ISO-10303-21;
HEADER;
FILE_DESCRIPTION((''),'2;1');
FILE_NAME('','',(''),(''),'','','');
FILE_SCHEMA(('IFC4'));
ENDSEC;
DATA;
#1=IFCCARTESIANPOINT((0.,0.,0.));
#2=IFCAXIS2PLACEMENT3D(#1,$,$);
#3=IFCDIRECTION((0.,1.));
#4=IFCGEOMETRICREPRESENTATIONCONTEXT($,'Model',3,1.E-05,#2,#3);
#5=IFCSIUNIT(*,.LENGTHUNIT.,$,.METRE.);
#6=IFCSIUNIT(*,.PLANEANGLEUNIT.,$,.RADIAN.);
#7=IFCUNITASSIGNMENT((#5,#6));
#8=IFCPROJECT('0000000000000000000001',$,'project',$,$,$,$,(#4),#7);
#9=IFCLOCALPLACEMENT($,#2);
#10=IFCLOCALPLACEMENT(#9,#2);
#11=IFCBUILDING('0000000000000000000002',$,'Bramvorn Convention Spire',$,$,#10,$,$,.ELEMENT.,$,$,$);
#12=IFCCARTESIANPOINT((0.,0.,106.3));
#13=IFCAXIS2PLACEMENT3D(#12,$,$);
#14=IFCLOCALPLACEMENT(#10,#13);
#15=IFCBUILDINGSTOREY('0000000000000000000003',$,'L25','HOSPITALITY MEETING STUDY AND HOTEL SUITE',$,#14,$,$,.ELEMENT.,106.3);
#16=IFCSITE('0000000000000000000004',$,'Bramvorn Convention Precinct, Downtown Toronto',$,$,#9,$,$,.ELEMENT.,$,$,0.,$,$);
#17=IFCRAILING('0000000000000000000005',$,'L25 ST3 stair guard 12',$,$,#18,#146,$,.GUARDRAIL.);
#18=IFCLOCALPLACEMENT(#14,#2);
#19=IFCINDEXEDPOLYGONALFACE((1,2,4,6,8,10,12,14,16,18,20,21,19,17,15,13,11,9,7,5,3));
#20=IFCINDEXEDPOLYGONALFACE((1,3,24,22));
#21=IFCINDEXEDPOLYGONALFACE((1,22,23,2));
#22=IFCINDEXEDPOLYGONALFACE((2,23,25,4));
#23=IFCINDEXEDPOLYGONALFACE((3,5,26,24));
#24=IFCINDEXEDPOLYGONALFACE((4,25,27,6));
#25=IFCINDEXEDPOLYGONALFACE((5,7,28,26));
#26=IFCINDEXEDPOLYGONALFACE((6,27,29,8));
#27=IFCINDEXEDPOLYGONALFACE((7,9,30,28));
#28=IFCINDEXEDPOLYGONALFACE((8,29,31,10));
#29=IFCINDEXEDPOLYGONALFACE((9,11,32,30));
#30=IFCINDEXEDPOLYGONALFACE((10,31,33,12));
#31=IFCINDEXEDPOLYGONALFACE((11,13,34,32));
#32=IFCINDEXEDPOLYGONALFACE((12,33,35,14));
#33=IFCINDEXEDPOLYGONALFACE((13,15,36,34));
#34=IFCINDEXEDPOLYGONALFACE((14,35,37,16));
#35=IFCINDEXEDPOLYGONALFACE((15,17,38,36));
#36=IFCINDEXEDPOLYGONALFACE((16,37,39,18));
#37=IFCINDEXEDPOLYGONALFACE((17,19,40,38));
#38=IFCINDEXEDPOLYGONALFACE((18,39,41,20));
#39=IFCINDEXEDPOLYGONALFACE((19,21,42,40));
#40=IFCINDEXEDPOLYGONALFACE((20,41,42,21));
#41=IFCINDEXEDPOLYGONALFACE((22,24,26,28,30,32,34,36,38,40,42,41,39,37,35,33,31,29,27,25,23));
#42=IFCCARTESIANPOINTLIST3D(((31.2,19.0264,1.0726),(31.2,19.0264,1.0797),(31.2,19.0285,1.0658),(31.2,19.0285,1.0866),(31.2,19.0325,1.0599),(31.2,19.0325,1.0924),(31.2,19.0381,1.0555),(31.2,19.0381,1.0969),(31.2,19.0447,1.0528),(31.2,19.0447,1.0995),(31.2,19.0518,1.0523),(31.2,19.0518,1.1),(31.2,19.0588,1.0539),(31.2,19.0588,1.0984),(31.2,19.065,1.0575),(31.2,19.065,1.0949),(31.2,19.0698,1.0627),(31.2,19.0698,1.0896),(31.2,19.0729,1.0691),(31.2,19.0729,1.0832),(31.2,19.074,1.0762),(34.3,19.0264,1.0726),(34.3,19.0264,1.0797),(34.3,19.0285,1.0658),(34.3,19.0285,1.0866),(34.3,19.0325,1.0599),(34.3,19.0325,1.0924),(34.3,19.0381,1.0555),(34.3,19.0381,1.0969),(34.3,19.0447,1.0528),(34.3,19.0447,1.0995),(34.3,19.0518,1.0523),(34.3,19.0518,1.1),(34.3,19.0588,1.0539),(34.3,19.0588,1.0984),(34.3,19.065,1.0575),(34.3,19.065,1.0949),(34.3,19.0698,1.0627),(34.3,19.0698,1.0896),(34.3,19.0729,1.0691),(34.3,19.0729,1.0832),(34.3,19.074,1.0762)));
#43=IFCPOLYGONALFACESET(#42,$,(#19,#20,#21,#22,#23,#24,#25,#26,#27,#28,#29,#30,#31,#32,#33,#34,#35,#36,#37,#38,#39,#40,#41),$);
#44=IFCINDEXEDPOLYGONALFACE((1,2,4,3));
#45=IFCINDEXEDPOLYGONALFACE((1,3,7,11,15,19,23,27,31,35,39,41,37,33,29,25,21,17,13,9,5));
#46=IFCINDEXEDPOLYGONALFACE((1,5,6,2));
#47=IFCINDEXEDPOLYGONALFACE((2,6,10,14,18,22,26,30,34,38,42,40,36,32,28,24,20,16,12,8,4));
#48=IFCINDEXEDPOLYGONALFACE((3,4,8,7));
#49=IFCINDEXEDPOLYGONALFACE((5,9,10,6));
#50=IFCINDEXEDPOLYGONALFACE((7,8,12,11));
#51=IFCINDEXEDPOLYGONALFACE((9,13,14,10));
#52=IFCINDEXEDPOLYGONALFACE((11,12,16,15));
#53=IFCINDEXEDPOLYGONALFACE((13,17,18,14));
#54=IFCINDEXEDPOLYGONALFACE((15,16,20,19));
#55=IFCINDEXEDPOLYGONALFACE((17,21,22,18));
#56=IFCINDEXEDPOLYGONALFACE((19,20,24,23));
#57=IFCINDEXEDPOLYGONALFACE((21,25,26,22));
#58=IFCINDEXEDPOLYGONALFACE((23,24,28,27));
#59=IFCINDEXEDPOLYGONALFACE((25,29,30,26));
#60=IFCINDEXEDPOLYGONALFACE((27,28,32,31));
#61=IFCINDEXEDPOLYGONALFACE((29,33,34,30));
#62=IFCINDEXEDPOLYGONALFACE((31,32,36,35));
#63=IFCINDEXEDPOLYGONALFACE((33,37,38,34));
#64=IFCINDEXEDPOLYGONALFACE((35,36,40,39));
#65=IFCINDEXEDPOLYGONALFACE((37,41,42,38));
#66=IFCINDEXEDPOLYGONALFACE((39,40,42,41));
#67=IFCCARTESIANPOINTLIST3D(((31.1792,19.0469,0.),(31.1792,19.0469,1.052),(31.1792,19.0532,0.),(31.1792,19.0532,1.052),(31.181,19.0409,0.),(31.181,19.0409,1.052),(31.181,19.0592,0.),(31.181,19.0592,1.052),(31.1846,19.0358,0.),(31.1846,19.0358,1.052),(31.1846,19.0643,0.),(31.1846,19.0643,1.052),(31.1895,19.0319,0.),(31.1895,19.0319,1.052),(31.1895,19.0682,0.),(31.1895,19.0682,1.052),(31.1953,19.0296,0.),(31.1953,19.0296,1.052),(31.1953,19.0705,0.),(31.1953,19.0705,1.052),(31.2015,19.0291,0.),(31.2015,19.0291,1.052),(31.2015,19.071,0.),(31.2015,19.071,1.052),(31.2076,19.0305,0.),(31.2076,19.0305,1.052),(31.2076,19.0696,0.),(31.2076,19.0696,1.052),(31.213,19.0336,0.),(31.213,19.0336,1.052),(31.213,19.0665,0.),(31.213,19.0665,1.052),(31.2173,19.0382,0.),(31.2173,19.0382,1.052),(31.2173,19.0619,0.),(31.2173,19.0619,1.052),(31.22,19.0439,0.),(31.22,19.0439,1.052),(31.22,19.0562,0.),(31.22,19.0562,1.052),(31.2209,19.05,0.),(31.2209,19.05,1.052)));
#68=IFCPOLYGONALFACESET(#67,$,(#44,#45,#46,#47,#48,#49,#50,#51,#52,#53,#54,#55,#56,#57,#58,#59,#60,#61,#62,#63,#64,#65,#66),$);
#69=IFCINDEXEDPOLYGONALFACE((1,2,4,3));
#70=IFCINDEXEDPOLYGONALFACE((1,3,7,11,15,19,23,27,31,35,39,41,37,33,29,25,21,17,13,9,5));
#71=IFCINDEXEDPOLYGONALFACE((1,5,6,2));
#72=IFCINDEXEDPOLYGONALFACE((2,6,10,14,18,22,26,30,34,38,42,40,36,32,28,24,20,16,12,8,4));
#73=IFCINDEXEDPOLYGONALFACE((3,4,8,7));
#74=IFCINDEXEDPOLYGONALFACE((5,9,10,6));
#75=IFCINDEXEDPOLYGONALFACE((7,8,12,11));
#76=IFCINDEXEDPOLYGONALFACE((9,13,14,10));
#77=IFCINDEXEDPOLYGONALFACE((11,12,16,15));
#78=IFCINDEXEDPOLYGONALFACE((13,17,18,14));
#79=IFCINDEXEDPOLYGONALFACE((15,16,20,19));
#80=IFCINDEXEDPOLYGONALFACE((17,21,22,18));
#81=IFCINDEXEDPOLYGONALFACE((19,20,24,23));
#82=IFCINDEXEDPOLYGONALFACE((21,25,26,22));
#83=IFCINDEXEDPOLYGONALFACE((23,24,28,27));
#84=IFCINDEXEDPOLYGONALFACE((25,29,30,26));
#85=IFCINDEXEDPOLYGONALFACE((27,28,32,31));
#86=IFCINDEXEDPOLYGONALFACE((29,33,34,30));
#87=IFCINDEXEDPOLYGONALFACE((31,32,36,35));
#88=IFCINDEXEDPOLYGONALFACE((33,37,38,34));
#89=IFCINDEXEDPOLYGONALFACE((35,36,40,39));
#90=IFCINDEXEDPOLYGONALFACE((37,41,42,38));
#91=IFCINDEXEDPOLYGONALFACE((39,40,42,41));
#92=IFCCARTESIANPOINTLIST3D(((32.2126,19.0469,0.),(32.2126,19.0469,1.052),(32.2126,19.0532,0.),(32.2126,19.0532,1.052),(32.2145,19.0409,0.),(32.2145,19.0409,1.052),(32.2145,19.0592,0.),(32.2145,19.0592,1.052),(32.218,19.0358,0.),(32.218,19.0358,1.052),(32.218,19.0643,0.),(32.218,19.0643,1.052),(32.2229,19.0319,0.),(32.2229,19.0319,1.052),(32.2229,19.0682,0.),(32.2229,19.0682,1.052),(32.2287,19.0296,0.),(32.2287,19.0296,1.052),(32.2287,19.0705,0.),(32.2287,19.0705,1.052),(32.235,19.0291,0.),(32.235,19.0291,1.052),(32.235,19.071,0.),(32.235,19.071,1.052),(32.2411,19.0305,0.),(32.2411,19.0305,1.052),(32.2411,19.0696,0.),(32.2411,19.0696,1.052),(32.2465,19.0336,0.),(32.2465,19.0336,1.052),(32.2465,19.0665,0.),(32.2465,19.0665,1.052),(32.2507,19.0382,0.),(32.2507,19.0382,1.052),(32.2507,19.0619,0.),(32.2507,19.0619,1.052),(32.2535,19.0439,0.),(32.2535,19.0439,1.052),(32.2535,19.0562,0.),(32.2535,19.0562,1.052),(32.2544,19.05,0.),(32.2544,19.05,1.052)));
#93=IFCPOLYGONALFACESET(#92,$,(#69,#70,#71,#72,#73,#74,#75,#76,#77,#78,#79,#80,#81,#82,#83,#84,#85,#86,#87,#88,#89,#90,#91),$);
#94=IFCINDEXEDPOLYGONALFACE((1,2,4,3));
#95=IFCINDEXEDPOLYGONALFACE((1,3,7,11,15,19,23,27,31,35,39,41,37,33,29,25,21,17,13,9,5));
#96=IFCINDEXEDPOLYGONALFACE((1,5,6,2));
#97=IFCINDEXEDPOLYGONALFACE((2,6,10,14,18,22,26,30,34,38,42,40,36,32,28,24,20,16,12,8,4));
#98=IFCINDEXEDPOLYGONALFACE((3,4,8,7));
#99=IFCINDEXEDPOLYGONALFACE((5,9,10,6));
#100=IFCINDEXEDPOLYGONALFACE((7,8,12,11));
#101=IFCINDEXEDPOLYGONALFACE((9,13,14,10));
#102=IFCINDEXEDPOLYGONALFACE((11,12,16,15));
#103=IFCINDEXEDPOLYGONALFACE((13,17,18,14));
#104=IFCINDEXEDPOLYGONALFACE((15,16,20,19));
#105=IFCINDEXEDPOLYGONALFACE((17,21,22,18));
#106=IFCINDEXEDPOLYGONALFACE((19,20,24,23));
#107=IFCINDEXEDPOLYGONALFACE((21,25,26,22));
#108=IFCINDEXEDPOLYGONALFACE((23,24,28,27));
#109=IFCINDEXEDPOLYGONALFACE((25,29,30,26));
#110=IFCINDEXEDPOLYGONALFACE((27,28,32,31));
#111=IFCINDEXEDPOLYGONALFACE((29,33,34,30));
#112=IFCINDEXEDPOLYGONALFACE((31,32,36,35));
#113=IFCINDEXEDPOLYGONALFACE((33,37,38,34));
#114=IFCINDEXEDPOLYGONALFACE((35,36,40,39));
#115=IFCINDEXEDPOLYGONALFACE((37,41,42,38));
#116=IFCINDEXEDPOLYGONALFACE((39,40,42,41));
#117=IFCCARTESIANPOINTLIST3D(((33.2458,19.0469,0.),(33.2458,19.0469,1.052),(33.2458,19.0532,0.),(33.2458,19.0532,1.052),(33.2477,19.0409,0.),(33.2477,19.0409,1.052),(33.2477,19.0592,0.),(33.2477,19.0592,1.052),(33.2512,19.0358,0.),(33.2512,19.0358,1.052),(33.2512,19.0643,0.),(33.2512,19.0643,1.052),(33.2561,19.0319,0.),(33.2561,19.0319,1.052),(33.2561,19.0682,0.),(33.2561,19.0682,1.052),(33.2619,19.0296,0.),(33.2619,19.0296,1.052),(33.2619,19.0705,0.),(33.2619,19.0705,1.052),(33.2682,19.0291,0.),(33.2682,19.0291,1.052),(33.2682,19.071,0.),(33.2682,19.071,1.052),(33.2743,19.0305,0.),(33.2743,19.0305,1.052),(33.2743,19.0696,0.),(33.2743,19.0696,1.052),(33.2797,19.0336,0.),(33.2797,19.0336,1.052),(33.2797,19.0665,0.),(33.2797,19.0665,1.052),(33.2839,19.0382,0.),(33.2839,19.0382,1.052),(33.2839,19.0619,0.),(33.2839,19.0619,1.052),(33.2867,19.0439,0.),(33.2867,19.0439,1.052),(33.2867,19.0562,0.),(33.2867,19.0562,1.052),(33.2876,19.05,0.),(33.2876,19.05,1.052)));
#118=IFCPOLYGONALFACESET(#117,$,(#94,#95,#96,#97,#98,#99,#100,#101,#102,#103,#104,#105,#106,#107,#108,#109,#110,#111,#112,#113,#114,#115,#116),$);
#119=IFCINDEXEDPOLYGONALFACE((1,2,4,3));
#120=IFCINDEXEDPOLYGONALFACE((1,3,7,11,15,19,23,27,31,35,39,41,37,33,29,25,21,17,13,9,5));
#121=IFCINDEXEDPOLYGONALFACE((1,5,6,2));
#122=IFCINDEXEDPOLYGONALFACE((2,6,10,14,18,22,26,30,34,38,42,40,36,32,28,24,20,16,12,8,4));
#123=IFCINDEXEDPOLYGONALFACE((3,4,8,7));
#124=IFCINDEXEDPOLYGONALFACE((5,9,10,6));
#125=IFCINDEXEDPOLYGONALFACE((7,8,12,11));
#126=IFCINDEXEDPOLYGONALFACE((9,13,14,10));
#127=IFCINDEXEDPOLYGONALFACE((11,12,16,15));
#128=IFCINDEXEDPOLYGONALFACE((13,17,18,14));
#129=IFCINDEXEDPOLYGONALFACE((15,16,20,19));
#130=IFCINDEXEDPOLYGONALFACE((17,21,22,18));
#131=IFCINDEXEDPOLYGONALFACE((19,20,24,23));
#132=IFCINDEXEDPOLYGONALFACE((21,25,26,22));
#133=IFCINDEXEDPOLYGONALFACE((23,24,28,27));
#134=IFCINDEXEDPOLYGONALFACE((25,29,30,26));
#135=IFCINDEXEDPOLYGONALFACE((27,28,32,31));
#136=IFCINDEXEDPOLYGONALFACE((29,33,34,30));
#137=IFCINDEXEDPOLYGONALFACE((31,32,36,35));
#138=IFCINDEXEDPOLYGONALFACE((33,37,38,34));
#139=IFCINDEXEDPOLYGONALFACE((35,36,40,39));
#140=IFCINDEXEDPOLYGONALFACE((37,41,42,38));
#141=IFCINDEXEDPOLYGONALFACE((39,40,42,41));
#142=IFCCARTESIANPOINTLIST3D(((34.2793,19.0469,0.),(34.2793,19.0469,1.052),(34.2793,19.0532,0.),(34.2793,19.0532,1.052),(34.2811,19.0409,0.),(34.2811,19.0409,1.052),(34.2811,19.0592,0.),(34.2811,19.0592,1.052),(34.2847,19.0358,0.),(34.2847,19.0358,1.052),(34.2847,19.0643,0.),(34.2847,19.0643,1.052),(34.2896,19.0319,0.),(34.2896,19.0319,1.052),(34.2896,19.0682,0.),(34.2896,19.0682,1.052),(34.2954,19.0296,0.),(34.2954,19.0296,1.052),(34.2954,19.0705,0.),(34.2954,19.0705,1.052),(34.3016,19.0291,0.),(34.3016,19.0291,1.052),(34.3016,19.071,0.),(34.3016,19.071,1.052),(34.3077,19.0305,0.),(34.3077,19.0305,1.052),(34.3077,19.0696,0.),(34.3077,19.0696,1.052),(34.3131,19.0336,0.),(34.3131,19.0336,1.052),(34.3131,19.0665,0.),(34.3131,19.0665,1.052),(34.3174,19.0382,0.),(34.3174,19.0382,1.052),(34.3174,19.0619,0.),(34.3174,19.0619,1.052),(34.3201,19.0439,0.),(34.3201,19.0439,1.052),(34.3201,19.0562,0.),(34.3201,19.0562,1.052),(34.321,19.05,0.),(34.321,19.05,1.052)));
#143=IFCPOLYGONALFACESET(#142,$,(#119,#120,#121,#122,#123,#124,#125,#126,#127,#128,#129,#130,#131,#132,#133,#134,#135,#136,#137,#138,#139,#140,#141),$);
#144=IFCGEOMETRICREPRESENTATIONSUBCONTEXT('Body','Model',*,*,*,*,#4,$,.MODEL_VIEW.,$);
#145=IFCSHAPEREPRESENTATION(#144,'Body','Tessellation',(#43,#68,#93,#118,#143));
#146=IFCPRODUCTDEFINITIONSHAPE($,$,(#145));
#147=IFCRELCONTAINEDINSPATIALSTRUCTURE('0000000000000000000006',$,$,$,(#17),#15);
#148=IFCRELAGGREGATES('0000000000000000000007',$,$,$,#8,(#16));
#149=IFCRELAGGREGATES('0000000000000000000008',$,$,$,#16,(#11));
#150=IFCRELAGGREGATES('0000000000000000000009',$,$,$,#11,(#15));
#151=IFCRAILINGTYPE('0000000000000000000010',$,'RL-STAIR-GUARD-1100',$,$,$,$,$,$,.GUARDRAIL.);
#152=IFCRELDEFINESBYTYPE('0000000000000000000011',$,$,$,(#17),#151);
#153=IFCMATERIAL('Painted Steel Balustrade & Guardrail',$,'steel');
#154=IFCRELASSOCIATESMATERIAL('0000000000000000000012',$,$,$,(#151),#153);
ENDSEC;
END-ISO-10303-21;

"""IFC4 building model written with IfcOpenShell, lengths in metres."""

from ifc_helpers import new_model, si_unit, direction, frame, origin, origin_2d, place, context, subcontext, project, spatial, circle, extrude, material, type_object, element, save


model = new_model("IFC4")

# Units and contexts
model_context = context("Model", 3, precision=1e-05, world=origin(), true_north=direction((0.0, 1.0)))
body_context = subcontext(model_context, "Body", "Model", "MODEL_VIEW")
ifc_project = project(units=[si_unit("LENGTHUNIT", "METRE"), si_unit("PLANEANGLEUNIT", "RADIAN")], contexts=[model_context])

# Site, building, storey
site_placement = place(None, origin())
site = spatial("IfcSite", under=ifc_project, at=site_placement, Name="Bramvorn Convention Precinct, Downtown Toronto", CompositionType="ELEMENT", RefElevation=0.0)
building_placement = place(site_placement, origin())
building = spatial("IfcBuilding", under=site, at=building_placement, Name="Bramvorn Convention Spire", CompositionType="ELEMENT")
storey_placement = place(building_placement, frame((0.0, 0.0, 106.3)))
storey = spatial("IfcBuildingStorey", under=building, at=storey_placement, Name="L25", Description="HOSPITALITY MEETING STUDY AND HOTEL SUITE", CompositionType="ELEMENT", Elevation=106.3)

# Railing
ifc_material_1 = material(Name="Painted Steel Balustrade & Guardrail", Category="steel")
railing_type = type_object("IfcRailingType", Name="RL-STAIR-GUARD-1100", PredefinedType="GUARDRAIL", material=ifc_material_1)
railing_1_placement = place(storey_placement, frame((31.2, 19.05, 0.0)))
element("IfcRailing", 1, at=railing_1_placement, inside=storey, type_object=railing_type, Name="L25 ST3 stair guard 12", PredefinedType="GUARDRAIL", context=body_context, shape_type="SweptSolid", body=[
    extrude(circle(Radius=0.0239, at=origin_2d()), frame((0.0, 0.0, 1.0762), z_axis=(1.0, 0.0, 0.0), x_axis=(0.0, 1.0, 0.0)), (0.0, 0.0, 1.0), 3.1001),
    extrude(circle(Radius=0.021, at=origin_2d()), origin(), (0.0, 0.0, 1.0), 1.052),
    extrude(circle(Radius=0.021, at=origin_2d()), frame((1.0334, 0.0, 0.0)), (0.0, 0.0, 1.0), 1.052),
    extrude(circle(Radius=0.021, at=origin_2d()), frame((2.0667, 0.0, 0.0)), (0.0, 0.0, 1.0), 1.052),
    extrude(circle(Radius=0.021, at=origin_2d()), frame((3.1001, 0.0, 0.0)), (0.0, 0.0, 1.0), 1.052),
])

save(model, "model.ifc")
